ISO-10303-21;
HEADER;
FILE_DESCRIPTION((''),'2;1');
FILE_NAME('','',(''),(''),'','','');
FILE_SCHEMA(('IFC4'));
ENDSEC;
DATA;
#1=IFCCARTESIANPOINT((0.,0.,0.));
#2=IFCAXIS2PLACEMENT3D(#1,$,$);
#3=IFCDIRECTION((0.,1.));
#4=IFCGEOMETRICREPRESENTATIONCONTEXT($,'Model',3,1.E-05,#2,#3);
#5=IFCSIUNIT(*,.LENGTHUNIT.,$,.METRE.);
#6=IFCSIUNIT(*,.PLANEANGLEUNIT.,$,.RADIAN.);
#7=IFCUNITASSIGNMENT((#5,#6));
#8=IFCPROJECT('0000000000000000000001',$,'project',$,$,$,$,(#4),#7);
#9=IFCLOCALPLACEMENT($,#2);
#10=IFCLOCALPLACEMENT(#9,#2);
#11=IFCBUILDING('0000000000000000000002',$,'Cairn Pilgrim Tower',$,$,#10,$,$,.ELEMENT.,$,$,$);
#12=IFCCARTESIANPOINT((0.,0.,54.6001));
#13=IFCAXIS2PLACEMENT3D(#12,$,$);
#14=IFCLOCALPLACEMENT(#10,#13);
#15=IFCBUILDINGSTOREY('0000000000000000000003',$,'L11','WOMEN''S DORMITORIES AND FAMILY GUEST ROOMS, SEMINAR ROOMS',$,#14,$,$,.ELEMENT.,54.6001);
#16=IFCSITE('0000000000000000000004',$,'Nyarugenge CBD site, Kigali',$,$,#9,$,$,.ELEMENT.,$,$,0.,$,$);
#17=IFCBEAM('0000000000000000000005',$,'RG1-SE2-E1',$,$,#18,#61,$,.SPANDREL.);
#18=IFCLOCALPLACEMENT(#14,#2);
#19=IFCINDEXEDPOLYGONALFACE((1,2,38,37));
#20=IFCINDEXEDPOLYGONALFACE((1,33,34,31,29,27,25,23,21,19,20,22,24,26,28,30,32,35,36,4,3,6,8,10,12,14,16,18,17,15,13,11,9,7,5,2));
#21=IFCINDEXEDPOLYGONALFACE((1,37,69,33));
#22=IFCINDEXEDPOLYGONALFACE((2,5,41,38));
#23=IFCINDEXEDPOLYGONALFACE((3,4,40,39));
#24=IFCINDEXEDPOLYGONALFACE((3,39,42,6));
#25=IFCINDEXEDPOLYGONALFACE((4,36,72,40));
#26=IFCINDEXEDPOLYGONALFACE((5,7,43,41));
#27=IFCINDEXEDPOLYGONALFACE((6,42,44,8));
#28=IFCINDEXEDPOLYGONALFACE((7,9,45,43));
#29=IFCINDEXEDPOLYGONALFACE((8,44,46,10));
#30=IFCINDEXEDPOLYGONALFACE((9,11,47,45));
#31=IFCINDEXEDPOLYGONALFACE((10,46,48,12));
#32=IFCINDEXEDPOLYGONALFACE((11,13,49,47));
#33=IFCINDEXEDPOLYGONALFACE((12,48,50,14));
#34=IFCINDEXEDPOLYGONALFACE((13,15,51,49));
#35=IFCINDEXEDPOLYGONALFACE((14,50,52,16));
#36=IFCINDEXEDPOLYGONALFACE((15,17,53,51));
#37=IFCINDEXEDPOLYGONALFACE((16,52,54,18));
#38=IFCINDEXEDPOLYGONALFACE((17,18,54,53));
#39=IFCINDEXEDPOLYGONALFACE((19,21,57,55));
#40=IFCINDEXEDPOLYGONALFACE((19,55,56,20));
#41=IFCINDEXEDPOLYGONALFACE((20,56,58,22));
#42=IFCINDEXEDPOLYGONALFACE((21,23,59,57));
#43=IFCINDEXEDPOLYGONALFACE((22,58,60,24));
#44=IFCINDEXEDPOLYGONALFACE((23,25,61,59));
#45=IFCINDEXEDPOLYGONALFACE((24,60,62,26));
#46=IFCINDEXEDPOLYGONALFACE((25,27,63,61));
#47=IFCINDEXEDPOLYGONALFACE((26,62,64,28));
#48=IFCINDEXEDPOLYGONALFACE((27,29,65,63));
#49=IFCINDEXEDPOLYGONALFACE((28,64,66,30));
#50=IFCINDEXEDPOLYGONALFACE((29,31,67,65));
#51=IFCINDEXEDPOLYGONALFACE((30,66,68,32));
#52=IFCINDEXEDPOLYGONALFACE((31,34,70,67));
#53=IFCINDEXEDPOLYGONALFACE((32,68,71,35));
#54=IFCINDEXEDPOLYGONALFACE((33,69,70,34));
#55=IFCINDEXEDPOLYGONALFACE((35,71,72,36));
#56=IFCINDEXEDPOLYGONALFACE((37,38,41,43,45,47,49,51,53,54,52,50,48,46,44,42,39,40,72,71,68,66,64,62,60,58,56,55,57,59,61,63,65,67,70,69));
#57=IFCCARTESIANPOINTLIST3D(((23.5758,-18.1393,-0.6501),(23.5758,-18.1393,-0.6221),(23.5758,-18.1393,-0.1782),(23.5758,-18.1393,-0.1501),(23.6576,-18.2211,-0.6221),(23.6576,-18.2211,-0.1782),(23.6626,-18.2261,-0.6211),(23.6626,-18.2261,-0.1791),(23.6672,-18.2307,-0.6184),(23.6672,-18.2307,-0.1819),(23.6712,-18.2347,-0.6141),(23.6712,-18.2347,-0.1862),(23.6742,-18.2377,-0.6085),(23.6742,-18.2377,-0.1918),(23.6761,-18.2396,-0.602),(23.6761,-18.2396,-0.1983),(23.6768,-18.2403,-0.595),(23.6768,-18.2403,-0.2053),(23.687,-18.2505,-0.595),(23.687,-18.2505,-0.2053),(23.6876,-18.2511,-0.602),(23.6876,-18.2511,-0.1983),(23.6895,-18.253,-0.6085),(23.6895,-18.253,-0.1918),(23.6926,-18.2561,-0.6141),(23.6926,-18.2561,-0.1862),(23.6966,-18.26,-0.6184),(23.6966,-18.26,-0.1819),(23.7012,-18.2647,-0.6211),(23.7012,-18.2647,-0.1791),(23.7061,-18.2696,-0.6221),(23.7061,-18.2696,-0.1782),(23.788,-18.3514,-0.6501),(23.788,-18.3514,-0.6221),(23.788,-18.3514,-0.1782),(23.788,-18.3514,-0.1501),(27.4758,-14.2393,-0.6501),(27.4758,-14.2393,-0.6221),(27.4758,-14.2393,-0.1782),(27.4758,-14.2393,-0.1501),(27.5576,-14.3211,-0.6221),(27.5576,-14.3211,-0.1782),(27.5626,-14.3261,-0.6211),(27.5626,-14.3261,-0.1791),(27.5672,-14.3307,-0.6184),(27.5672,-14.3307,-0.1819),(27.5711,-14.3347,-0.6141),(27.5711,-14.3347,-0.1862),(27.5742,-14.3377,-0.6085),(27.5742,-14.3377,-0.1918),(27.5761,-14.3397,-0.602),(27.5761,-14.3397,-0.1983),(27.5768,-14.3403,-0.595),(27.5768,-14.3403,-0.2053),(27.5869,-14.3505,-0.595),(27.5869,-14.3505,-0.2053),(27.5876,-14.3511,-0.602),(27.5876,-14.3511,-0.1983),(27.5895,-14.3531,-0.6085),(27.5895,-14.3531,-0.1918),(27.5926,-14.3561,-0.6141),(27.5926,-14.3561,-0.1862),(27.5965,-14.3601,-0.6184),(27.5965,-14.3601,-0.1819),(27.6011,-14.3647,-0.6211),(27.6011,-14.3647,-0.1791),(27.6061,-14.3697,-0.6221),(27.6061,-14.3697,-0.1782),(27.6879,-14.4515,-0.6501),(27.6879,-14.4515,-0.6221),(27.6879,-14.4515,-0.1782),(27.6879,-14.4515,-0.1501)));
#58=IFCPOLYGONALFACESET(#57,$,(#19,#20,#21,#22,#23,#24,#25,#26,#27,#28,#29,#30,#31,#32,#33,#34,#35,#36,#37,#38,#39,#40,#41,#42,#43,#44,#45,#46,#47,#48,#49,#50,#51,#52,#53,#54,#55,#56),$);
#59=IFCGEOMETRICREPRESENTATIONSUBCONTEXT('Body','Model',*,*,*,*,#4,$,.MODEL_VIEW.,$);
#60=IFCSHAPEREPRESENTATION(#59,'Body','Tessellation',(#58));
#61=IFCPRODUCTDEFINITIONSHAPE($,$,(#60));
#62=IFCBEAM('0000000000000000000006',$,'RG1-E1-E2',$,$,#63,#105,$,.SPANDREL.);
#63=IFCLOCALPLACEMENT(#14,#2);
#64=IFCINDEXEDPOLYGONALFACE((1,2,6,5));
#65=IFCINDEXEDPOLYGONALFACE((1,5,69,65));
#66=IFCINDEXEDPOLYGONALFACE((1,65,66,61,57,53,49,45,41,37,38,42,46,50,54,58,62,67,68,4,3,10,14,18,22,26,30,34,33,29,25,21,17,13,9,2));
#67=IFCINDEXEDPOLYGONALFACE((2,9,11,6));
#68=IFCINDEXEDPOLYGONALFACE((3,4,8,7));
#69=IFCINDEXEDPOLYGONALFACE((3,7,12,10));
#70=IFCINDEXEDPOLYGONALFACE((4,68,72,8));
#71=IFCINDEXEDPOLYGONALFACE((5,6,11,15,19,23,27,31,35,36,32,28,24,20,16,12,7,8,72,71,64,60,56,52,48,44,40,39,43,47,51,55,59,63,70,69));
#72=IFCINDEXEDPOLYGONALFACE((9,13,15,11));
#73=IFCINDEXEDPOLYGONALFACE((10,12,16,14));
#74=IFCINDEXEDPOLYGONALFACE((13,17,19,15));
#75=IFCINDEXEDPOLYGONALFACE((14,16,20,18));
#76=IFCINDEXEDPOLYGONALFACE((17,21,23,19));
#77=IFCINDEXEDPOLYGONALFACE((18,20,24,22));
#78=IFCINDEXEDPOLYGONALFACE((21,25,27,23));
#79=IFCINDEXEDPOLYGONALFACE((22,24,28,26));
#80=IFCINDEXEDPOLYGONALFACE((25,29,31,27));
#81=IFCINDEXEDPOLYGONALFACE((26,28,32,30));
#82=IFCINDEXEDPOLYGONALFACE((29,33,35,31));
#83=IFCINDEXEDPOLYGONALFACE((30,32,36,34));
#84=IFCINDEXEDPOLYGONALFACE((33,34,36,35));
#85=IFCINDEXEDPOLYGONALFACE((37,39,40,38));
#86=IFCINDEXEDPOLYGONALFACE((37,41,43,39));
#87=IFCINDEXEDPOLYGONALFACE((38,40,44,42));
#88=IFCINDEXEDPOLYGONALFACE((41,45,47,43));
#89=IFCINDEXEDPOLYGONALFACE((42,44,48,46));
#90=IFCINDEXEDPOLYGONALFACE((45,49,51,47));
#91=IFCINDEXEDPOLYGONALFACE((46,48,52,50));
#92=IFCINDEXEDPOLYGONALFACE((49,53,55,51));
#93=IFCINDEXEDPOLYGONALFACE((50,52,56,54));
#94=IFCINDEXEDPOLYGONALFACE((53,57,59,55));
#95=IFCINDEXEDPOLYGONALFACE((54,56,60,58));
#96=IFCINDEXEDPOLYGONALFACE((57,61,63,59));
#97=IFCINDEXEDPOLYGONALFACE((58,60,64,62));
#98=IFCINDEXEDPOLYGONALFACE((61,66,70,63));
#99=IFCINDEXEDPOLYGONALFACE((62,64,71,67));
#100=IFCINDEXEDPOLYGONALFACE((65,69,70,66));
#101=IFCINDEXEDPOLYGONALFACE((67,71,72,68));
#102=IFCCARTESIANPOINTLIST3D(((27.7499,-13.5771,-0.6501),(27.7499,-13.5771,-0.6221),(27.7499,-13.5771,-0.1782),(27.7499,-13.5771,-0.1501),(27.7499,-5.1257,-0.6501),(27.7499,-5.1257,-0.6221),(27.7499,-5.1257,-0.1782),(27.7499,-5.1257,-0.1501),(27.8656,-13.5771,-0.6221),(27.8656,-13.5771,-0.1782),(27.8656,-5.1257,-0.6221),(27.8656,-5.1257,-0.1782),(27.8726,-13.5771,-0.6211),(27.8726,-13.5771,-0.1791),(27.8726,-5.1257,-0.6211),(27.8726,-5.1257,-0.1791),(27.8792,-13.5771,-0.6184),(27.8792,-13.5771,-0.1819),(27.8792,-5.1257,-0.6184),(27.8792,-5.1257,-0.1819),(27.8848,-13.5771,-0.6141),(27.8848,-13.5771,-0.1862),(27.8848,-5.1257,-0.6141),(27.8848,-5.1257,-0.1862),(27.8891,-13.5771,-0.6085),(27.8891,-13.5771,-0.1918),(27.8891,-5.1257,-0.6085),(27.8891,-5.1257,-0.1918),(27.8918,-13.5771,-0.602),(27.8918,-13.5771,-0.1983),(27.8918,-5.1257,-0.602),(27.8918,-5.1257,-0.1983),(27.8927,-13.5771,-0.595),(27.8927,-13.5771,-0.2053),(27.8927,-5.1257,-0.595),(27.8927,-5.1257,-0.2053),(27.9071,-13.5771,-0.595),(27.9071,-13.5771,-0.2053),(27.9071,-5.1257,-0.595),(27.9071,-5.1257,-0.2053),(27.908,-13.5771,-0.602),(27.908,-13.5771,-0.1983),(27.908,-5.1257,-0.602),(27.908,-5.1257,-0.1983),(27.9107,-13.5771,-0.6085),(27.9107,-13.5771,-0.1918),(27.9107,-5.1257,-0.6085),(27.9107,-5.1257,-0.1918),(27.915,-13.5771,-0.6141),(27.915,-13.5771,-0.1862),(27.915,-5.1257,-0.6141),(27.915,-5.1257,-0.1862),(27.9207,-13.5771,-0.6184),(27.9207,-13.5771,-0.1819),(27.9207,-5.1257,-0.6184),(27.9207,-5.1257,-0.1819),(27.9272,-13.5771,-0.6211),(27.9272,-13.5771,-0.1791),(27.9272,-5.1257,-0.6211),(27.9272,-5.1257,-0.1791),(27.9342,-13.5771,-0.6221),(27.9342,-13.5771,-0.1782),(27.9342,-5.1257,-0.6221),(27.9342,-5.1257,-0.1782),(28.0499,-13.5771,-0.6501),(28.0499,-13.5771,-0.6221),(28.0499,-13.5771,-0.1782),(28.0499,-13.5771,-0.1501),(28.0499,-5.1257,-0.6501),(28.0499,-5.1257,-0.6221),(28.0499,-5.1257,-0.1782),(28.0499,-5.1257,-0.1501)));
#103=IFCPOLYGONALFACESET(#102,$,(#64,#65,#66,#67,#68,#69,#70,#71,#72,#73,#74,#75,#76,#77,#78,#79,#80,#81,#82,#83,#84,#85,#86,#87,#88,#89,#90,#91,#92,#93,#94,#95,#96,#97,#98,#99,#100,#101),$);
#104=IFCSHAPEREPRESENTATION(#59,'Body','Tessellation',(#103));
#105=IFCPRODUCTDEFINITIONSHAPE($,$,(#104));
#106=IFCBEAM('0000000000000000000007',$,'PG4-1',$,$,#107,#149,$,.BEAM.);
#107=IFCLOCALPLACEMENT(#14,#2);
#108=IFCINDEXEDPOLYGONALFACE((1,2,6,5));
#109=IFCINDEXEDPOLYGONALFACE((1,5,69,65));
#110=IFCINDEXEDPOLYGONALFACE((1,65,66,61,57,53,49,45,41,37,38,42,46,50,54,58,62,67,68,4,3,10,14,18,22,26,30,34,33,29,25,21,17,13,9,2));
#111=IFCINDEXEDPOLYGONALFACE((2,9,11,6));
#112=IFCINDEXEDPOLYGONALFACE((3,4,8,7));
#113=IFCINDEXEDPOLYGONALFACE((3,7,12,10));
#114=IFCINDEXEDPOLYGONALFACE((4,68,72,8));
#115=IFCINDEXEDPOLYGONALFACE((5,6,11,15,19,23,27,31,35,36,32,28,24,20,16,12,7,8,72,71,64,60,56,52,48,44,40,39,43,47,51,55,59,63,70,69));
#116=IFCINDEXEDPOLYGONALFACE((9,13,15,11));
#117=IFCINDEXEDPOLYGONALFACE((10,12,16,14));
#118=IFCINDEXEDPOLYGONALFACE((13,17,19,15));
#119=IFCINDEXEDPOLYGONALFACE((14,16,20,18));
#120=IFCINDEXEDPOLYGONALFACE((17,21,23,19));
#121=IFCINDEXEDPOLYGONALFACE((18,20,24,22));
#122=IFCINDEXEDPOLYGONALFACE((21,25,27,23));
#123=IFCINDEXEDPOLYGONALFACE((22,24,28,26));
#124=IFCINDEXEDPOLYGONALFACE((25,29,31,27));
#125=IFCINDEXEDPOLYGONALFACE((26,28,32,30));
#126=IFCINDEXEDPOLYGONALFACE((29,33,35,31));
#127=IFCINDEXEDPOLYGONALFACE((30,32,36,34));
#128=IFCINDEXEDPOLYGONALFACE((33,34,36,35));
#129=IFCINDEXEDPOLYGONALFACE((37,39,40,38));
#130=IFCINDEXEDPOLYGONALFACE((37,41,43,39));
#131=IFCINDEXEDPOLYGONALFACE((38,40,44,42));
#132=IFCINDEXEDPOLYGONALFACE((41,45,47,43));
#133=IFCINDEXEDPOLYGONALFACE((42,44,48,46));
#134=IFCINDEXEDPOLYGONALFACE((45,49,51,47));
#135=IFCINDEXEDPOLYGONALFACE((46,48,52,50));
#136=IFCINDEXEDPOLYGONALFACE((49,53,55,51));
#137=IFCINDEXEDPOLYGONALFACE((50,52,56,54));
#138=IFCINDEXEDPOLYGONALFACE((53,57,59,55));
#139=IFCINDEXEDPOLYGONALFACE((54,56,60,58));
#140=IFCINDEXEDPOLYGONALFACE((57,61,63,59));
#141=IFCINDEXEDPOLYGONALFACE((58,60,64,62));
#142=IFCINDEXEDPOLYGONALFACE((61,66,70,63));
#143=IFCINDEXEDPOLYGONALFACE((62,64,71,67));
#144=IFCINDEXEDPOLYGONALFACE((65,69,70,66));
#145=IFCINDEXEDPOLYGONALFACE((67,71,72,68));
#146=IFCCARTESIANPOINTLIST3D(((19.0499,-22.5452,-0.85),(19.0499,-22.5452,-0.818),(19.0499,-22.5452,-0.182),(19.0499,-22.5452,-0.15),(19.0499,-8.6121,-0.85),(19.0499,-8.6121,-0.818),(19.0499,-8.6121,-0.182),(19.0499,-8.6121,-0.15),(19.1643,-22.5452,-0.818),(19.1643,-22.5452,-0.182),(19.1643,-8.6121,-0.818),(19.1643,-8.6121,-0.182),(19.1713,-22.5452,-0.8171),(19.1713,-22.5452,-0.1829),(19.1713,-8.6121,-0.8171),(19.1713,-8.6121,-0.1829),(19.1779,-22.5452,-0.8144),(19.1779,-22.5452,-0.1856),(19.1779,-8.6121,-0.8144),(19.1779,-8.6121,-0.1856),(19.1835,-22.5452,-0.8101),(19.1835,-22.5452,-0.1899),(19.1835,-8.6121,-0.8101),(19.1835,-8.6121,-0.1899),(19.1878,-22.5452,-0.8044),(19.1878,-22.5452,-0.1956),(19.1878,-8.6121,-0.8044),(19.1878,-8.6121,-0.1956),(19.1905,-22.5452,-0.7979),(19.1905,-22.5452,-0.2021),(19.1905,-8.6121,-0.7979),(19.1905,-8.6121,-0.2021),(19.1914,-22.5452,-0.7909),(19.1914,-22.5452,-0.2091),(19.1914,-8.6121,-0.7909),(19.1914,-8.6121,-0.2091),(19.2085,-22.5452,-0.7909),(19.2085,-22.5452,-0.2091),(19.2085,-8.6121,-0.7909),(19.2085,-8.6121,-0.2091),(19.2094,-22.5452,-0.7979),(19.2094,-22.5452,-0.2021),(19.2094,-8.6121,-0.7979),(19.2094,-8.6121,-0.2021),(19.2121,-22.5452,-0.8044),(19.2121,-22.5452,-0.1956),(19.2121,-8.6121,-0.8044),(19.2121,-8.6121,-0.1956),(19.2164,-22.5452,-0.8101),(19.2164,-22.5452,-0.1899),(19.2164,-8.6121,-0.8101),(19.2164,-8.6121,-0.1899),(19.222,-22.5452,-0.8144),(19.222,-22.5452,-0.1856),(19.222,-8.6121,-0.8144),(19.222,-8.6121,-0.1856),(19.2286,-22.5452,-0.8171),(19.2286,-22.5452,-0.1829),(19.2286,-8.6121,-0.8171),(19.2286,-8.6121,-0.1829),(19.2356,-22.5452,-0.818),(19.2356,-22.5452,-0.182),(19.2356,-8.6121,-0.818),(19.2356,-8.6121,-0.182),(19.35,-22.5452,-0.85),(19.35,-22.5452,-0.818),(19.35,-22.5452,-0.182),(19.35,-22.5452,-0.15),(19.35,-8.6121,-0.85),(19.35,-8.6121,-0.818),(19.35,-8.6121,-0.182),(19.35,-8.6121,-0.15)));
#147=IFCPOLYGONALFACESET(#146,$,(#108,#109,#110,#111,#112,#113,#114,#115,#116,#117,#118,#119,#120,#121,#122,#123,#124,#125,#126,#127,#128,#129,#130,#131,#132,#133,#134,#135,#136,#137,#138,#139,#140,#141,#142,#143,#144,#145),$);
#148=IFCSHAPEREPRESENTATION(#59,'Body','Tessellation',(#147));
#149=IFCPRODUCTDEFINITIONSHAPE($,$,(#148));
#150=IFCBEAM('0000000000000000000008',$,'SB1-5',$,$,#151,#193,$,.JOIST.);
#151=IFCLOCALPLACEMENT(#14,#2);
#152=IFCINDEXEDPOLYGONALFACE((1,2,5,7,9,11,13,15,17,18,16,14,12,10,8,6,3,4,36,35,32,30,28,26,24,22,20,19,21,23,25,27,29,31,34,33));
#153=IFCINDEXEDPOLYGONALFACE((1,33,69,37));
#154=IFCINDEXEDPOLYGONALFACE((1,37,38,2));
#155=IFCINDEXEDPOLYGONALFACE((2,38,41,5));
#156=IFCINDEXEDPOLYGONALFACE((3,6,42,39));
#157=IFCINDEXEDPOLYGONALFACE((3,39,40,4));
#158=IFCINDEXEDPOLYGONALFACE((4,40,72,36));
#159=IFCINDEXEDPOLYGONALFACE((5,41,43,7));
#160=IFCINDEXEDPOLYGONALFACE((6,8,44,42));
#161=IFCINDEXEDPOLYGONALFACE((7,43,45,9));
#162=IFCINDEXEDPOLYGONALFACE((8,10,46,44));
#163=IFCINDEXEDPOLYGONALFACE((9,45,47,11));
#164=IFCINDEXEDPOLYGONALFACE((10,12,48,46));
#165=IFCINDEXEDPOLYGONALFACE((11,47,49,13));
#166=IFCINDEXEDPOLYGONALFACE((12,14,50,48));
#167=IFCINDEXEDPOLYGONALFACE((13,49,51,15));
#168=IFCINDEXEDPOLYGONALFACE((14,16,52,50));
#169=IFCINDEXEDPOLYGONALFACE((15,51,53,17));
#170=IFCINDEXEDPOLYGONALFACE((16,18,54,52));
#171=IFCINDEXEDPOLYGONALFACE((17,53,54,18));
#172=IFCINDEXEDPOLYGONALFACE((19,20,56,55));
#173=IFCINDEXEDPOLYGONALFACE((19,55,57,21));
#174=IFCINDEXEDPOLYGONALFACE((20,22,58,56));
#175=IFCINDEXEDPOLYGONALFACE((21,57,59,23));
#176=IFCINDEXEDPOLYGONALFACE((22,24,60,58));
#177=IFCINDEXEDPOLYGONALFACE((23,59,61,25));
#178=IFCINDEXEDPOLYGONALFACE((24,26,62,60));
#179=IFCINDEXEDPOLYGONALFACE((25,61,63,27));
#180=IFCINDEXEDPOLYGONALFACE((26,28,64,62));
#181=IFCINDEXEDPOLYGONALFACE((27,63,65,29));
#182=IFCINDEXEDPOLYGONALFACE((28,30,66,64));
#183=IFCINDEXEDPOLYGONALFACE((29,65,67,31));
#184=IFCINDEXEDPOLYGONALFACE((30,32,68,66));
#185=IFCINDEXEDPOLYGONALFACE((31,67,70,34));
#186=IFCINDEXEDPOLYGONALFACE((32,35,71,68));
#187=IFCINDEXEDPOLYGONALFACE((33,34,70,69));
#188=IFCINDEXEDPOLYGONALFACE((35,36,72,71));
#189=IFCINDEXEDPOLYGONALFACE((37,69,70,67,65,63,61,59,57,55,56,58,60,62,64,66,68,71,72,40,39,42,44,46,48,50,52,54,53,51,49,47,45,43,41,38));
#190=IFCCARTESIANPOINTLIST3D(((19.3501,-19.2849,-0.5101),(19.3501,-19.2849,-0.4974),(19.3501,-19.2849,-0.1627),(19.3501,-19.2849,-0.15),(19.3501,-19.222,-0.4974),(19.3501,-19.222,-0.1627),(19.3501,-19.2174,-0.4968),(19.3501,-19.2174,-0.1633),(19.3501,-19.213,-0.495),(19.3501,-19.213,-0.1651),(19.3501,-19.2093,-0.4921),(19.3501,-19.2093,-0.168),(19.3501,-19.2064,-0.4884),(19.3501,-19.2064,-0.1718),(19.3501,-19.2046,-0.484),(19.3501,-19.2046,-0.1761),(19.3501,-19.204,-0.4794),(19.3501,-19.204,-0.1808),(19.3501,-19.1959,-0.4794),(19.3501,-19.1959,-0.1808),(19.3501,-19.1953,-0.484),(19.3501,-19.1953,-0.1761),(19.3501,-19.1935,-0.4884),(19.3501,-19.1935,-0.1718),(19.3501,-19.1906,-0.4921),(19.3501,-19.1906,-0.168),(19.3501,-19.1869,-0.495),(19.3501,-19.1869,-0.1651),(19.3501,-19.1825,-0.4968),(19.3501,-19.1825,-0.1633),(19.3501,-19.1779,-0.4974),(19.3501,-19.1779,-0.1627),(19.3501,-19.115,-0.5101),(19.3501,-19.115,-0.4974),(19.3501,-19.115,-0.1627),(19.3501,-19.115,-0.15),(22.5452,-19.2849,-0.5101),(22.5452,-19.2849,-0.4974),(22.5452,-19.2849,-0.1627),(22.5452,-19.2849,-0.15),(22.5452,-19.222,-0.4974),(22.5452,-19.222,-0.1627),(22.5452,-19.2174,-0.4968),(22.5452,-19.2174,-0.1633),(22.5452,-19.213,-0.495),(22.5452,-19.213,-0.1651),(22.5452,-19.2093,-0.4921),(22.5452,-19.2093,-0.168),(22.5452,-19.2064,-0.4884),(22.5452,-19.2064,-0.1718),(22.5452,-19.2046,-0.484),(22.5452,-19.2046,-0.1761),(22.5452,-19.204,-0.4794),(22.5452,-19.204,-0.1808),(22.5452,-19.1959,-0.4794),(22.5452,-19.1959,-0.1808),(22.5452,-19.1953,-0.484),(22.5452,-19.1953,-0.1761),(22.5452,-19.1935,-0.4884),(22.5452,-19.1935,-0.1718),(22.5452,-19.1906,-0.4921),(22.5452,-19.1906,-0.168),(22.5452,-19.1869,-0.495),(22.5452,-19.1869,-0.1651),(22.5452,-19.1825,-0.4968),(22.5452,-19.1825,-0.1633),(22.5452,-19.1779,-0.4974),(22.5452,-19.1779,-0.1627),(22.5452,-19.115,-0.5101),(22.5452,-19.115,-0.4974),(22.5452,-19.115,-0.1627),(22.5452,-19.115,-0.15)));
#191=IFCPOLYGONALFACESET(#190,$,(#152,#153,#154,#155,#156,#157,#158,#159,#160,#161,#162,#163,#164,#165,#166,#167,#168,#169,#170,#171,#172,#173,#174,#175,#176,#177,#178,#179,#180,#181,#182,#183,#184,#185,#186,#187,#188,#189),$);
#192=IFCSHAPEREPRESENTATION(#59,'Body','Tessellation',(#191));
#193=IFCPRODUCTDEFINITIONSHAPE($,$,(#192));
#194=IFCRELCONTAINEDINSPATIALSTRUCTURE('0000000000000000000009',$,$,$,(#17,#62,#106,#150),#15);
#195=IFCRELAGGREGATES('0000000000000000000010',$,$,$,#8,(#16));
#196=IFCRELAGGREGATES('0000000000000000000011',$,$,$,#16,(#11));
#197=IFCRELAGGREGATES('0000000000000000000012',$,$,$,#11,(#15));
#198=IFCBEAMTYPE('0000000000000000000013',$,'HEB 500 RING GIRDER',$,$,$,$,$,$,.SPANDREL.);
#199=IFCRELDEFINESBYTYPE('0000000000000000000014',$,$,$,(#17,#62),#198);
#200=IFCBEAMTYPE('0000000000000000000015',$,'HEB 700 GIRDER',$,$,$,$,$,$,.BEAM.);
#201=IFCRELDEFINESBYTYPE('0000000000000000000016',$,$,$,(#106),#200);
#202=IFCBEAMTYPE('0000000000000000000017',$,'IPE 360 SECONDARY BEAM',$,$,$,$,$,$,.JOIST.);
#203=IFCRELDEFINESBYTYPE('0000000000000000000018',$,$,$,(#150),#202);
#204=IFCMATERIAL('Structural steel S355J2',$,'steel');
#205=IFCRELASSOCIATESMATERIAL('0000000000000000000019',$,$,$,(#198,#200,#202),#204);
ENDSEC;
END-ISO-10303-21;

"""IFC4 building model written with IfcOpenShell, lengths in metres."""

from ifc_helpers import new_model, si_unit, direction, frame, origin, origin_2d, place, context, subcontext, project, spatial, i_section, extrude, material, material_profile, profile_set, type_object, element, save


model = new_model("IFC4")

# Units and contexts
model_context = context("Model", 3, precision=1e-05, world=origin(), true_north=direction((0.0, 1.0)))
body_context = subcontext(model_context, "Body", "Model", "MODEL_VIEW")
ifc_project = project(units=[si_unit("LENGTHUNIT", "METRE"), si_unit("PLANEANGLEUNIT", "RADIAN")], contexts=[model_context])

# Site, building, storey
site_placement = place(None, origin())
site = spatial("IfcSite", under=ifc_project, at=site_placement, Name="Nyarugenge CBD site, Kigali", CompositionType="ELEMENT", RefElevation=0.0)
building_placement = place(site_placement, origin())
building = spatial("IfcBuilding", under=site, at=building_placement, Name="Cairn Pilgrim Tower", CompositionType="ELEMENT")
storey_placement = place(building_placement, frame((0.0, 0.0, 54.6001)))
storey = spatial("IfcBuildingStorey", under=building, at=storey_placement, Name="L11", Description="WOMEN'S DORMITORIES AND FAMILY GUEST ROOMS, SEMINAR ROOMS", CompositionType="ELEMENT", Elevation=54.6001)

# Shared definitions
ifc_material_1 = material(Name="Structural steel S355J2", Category="steel")

# Beams
ifc_material_profile_1 = material_profile(ifc_material_1, i_section(OverallWidth=0.3, OverallDepth=0.5, WebThickness=0.0144, FlangeThickness=0.0281, FilletRadius=0.0271, at=origin_2d()), Name="HEB 500")
ifc_profile_set_1 = profile_set([ifc_material_profile_1], Name="Structural steel S355J2")
beam_type_1 = type_object("IfcBeamType", Name="HEB 500 RING GIRDER", PredefinedType="SPANDREL", material=ifc_profile_set_1)
beam_1_placement = place(storey_placement, frame((23.6819, -18.2454, -0.4001), z_axis=(0.707107, 0.707107, 0.0), x_axis=(-0.707107, 0.707107, 0.0)))
element("IfcBeam", 1, at=beam_1_placement, inside=storey, type_object=beam_type_1, Name="RG1-SE2-E1", PredefinedType="SPANDREL", context=body_context, shape_type="SweptSolid", body=[
    extrude(i_section(OverallWidth=0.3, OverallDepth=0.5, WebThickness=0.0144, FlangeThickness=0.0281, FilletRadius=0.0271, at=origin_2d()), origin(), (0.0, 0.0, 1.0), 5.5154),
])
beam_2_placement = place(storey_placement, frame((27.8999, -13.5771, -0.4001), z_axis=(0.0, 1.0, 0.0), x_axis=(-1.0, 0.0, 0.0)))
element("IfcBeam", 2, at=beam_2_placement, inside=storey, type_object=beam_type_1, Name="RG1-E1-E2", PredefinedType="SPANDREL", context=body_context, shape_type="SweptSolid", body=[
    extrude(i_section(OverallWidth=0.3, OverallDepth=0.5, WebThickness=0.0144, FlangeThickness=0.0281, FilletRadius=0.0271, at=origin_2d()), origin(), (0.0, 0.0, 1.0), 8.4514),
])
ifc_material_profile_2 = material_profile(ifc_material_1, i_section(OverallWidth=0.3, OverallDepth=0.7, WebThickness=0.0171, FlangeThickness=0.032, FilletRadius=0.0271, at=origin_2d()), Name="HEB 700")
ifc_profile_set_2 = profile_set([ifc_material_profile_2], Name="Structural steel S355J2")
beam_type_2 = type_object("IfcBeamType", Name="HEB 700 GIRDER", PredefinedType="BEAM", material=ifc_profile_set_2)
beam_3_placement = place(storey_placement, frame((19.2, -22.5452, -0.5), z_axis=(0.0, 1.0, 0.0), x_axis=(-1.0, 0.0, 0.0)))
element("IfcBeam", 3, at=beam_3_placement, inside=storey, type_object=beam_type_2, Name="PG4-1", PredefinedType="BEAM", context=body_context, shape_type="SweptSolid", body=[
    extrude(i_section(OverallWidth=0.3, OverallDepth=0.7, WebThickness=0.0171, FlangeThickness=0.032, FilletRadius=0.0271, at=origin_2d()), origin(), (0.0, 0.0, 1.0), 13.9331),
])
ifc_material_profile_3 = material_profile(ifc_material_1, i_section(OverallWidth=0.1699, OverallDepth=0.3601, WebThickness=0.0081, FlangeThickness=0.0127, FilletRadius=0.0181, at=origin_2d()), Name="IPE 360")
ifc_profile_set_3 = profile_set([ifc_material_profile_3], Name="Structural steel S355J2")
beam_type_3 = type_object("IfcBeamType", Name="IPE 360 SECONDARY BEAM", PredefinedType="JOIST", material=ifc_profile_set_3)
beam_4_placement = place(storey_placement, frame((19.3501, -19.2, -0.3301), z_axis=(1.0, 0.0, 0.0), x_axis=(0.0, 1.0, 0.0)))
element("IfcBeam", 4, at=beam_4_placement, inside=storey, type_object=beam_type_3, Name="SB1-5", PredefinedType="JOIST", context=body_context, shape_type="SweptSolid", body=[
    extrude(i_section(OverallWidth=0.1699, OverallDepth=0.3601, WebThickness=0.0081, FlangeThickness=0.0127, FilletRadius=0.0181, at=origin_2d()), origin(), (0.0, 0.0, 1.0), 3.1951),
])

save(model, "model.ifc")
